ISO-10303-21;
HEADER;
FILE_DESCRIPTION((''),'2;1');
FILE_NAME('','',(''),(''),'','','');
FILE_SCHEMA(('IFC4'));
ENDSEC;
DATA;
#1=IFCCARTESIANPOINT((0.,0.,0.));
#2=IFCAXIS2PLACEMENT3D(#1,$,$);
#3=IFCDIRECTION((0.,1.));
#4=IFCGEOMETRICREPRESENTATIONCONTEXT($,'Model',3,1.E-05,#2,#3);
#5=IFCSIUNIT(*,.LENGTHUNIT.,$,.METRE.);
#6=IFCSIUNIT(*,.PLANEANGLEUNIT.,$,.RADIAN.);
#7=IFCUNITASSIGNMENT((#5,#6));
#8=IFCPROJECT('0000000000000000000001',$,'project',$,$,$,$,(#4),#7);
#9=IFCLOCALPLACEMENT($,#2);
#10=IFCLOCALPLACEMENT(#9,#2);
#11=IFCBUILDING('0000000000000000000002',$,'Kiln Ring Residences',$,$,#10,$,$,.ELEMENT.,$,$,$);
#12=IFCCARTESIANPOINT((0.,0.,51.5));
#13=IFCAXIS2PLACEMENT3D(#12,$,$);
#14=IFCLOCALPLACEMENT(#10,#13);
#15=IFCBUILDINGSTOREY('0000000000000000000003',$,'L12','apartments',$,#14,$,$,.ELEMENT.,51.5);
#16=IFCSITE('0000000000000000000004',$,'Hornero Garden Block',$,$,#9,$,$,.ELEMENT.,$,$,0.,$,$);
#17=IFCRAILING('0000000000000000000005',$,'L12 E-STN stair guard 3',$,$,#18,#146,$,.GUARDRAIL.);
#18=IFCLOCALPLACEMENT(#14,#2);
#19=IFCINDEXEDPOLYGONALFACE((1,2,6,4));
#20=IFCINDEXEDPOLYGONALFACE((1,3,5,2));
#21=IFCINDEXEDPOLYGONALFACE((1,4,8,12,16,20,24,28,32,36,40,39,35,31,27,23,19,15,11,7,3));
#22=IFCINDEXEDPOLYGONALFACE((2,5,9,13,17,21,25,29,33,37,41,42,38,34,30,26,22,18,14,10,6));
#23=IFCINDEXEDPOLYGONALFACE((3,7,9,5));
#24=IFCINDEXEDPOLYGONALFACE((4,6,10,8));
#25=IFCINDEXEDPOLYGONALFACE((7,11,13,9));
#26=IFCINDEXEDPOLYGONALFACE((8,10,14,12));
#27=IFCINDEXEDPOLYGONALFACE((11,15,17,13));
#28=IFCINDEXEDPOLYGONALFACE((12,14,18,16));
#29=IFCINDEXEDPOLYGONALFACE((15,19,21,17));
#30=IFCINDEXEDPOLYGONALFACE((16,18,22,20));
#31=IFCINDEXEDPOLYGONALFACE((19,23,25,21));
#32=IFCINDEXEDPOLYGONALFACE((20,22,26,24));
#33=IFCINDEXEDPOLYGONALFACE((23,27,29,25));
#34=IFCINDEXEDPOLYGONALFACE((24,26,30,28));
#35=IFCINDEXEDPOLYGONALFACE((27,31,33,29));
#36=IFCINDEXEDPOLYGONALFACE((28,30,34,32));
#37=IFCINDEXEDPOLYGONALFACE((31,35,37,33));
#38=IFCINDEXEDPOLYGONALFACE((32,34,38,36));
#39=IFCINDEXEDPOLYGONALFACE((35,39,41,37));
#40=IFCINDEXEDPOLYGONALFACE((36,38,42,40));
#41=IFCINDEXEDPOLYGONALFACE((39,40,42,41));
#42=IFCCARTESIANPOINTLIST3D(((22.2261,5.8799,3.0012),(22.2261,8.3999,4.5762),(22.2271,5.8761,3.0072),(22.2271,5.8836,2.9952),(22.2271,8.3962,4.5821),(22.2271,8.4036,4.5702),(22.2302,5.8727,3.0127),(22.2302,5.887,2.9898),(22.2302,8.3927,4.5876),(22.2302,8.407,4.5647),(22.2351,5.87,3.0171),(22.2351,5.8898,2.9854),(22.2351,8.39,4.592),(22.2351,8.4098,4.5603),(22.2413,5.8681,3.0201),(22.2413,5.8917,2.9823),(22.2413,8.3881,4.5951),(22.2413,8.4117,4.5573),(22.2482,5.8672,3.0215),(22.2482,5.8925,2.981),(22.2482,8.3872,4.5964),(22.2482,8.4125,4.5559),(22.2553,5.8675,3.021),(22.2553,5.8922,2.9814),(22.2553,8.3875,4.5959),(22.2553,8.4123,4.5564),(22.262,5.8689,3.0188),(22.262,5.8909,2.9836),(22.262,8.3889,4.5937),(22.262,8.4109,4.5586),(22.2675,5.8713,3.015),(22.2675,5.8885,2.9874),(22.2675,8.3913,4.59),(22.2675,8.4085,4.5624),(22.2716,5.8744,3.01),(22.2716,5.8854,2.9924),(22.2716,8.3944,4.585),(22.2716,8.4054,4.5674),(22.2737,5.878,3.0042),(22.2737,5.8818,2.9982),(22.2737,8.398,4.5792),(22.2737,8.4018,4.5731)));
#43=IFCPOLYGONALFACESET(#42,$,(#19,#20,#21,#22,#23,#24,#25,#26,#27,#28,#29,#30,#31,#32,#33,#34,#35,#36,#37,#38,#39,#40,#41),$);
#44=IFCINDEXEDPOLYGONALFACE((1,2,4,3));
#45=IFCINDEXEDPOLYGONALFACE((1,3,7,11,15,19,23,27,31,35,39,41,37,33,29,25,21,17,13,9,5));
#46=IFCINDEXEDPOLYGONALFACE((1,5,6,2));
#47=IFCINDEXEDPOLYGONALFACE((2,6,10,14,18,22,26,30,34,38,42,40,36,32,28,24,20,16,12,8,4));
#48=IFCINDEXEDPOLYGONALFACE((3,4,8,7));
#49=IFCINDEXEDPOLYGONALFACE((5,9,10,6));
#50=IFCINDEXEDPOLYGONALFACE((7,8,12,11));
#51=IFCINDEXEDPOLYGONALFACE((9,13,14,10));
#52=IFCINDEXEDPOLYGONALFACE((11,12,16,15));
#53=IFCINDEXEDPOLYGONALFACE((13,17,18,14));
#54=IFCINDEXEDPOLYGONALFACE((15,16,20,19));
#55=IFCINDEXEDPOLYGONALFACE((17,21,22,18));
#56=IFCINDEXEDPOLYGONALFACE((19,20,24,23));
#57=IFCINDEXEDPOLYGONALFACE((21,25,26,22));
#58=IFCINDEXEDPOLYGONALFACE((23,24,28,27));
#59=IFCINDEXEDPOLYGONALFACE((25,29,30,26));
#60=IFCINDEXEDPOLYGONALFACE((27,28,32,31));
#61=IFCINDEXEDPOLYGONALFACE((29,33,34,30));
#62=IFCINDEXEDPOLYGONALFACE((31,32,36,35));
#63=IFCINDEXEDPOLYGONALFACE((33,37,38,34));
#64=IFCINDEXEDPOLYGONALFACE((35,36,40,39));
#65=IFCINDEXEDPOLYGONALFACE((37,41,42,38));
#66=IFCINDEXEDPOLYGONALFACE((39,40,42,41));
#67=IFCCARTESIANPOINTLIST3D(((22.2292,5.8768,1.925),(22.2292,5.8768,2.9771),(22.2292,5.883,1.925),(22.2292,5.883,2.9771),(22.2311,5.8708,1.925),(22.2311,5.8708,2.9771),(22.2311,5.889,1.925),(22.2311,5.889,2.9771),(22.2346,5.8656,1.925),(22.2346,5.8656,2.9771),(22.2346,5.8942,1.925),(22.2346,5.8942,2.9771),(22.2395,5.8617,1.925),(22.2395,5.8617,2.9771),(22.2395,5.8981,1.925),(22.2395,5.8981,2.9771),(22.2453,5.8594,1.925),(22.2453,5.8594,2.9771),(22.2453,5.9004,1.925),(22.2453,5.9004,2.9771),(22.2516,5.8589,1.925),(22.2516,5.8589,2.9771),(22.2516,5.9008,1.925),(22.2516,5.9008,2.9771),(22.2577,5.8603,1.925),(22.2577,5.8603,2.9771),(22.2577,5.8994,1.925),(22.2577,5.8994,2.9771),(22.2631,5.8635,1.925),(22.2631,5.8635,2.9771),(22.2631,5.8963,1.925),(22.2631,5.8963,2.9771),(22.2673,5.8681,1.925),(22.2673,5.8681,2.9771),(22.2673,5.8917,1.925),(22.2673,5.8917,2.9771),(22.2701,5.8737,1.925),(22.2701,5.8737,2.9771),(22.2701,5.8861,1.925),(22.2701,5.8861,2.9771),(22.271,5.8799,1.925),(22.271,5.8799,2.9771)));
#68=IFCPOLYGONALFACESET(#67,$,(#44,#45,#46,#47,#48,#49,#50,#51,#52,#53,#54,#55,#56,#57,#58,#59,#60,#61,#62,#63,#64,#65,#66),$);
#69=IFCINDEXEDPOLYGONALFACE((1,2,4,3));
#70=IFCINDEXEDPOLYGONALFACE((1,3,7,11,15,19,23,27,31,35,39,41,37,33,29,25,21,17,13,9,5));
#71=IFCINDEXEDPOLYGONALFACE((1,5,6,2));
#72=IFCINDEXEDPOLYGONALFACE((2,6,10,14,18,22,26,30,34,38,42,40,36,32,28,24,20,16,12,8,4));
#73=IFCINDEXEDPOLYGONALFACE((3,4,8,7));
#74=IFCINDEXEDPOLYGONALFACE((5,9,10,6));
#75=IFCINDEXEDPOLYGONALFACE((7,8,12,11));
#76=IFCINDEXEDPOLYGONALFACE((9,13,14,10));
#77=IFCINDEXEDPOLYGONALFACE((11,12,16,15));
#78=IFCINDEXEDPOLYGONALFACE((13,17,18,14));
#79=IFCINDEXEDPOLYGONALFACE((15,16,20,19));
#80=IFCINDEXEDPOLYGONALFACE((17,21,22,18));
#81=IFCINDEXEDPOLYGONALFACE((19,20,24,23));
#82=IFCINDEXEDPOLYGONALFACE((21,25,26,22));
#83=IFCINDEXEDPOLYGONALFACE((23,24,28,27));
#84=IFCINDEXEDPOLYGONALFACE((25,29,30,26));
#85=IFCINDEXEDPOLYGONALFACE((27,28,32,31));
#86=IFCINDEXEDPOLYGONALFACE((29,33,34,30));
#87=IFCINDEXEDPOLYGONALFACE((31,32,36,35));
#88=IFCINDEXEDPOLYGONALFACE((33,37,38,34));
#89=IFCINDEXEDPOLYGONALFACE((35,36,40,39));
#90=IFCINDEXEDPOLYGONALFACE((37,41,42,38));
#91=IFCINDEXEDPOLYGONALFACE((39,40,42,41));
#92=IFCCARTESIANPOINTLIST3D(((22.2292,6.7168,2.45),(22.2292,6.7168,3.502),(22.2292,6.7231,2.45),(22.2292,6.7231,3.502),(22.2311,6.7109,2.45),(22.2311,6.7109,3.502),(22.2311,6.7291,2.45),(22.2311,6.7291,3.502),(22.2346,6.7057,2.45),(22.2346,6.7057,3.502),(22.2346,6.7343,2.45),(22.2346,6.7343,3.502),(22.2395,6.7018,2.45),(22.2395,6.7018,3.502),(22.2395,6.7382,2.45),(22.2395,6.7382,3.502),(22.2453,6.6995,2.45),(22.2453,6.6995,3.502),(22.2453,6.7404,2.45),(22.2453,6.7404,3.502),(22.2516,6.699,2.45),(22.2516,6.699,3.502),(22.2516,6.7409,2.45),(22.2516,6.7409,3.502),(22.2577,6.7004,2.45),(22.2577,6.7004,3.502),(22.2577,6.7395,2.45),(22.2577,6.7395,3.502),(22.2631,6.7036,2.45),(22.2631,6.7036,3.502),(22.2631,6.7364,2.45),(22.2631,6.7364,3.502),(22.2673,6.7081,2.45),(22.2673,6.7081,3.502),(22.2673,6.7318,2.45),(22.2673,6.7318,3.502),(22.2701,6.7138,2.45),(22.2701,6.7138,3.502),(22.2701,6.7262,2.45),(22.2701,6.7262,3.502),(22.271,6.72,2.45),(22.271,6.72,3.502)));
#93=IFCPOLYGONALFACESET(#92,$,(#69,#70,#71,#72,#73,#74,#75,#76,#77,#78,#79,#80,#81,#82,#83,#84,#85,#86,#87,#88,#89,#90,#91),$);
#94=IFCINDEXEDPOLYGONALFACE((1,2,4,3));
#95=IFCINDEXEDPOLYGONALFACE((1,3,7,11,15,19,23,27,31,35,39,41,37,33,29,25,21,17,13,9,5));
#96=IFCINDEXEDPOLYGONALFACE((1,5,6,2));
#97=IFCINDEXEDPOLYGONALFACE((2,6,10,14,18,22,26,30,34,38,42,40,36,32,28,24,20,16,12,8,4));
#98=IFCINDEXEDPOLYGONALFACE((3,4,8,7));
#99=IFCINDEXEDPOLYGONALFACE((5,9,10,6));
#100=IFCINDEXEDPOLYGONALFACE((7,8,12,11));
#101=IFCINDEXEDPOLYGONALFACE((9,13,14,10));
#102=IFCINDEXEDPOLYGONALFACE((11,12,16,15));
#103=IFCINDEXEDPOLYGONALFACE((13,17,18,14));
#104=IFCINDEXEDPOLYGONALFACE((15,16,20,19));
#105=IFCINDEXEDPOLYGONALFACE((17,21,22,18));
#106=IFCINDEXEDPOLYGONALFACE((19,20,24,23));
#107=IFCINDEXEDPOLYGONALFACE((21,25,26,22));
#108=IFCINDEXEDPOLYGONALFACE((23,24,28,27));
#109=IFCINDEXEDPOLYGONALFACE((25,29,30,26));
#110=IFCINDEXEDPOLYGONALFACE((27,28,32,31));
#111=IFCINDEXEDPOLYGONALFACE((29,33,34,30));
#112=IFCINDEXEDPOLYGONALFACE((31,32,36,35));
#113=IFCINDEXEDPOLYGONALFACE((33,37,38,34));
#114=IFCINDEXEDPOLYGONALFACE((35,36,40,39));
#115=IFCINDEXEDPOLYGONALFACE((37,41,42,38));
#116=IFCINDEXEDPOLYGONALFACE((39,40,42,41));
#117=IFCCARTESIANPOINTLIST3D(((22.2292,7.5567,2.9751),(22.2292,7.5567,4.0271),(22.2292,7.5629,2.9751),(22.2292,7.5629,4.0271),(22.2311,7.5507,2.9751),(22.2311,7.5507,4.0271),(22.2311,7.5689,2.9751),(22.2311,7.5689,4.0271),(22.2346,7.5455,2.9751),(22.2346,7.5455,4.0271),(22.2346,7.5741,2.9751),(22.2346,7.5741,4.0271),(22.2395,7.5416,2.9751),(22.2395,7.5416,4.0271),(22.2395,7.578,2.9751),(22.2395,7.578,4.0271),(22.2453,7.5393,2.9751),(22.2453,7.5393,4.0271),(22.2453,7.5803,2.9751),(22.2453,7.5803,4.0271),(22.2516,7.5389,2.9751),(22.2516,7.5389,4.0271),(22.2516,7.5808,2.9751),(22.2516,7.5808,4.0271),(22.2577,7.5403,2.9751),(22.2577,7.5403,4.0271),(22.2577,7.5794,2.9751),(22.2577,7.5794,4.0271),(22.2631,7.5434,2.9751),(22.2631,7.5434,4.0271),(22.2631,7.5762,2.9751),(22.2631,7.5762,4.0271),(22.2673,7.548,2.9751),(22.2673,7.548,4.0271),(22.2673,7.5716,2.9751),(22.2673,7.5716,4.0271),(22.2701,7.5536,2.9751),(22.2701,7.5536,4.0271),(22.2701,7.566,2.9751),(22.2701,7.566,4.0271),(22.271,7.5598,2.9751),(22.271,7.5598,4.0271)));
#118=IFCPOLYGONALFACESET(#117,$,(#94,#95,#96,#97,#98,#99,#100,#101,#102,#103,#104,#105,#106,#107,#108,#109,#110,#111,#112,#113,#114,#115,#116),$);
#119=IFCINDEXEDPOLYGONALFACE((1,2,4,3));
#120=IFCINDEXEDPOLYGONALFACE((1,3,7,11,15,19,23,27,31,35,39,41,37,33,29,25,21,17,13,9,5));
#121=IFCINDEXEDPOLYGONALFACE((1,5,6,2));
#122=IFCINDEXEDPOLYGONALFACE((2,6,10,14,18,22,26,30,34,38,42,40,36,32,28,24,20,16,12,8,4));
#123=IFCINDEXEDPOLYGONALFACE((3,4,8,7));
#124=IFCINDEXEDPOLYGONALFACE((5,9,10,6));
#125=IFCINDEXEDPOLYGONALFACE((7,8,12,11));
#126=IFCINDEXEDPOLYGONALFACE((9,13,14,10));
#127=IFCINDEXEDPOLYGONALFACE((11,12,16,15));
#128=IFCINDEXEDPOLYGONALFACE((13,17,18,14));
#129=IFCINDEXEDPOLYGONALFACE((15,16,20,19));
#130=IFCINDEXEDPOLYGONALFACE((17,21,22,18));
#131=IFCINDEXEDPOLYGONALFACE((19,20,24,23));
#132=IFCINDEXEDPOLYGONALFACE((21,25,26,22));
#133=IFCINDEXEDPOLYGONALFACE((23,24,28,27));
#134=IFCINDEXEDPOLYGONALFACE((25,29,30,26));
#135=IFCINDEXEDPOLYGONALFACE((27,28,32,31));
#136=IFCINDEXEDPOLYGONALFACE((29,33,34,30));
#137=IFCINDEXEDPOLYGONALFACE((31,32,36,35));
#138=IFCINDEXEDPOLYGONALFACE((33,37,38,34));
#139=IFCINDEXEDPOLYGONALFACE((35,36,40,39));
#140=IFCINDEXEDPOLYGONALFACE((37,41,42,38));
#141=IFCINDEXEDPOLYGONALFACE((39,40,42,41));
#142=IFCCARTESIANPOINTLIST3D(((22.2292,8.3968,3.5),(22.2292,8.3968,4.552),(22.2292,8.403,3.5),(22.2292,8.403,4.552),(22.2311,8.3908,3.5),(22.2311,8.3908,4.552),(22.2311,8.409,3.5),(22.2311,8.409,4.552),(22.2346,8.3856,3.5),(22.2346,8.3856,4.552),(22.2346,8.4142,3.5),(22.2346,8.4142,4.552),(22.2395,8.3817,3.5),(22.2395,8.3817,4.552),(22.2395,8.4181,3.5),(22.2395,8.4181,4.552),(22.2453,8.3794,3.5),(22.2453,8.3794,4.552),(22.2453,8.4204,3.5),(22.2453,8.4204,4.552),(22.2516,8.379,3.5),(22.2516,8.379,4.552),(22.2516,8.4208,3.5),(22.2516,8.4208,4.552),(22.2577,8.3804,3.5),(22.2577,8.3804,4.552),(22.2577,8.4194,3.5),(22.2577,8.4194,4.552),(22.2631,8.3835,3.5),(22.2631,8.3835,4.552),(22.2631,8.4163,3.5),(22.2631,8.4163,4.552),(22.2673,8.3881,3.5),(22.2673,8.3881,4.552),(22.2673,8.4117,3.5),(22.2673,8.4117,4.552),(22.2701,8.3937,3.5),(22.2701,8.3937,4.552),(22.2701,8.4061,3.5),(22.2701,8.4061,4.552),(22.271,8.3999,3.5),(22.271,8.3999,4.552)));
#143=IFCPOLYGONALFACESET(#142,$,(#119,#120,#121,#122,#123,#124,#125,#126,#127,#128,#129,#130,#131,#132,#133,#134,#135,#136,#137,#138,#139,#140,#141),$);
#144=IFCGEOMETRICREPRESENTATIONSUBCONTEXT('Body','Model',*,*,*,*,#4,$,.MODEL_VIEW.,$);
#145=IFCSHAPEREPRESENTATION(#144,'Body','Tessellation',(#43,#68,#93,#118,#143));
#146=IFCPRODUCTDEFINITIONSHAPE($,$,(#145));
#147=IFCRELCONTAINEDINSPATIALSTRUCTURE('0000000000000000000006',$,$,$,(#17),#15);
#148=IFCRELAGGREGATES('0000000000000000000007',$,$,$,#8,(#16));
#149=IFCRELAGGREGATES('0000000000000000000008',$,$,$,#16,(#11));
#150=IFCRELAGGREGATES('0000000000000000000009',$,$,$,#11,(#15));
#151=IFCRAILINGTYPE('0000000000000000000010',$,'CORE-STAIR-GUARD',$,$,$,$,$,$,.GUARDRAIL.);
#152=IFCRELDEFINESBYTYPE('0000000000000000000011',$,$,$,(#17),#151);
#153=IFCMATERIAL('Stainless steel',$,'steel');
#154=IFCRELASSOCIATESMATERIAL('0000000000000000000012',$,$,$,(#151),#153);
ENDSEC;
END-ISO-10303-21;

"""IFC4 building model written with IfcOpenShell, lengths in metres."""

from ifc_helpers import new_model, si_unit, direction, frame, origin, origin_2d, place, context, subcontext, project, spatial, circle, extrude, material, type_object, element, save


model = new_model("IFC4")

# Units and contexts
model_context = context("Model", 3, precision=1e-05, world=origin(), true_north=direction((0.0, 1.0)))
body_context = subcontext(model_context, "Body", "Model", "MODEL_VIEW")
ifc_project = project(units=[si_unit("LENGTHUNIT", "METRE"), si_unit("PLANEANGLEUNIT", "RADIAN")], contexts=[model_context])

# Site, building, storey
site_placement = place(None, origin())
site = spatial("IfcSite", under=ifc_project, at=site_placement, Name="Hornero Garden Block", CompositionType="ELEMENT", RefElevation=0.0)
building_placement = place(site_placement, origin())
building = spatial("IfcBuilding", under=site, at=building_placement, Name="Kiln Ring Residences", CompositionType="ELEMENT")
storey_placement = place(building_placement, frame((0.0, 0.0, 51.5)))
storey = spatial("IfcBuildingStorey", under=building, at=storey_placement, Name="L12", Description="apartments", CompositionType="ELEMENT", Elevation=51.5)

# Railing
ifc_material_1 = material(Name="Stainless steel", Category="steel")
railing_type_1 = type_object("IfcRailingType", Name="CORE-STAIR-GUARD", PredefinedType="GUARDRAIL", material=ifc_material_1)
railing_1_placement = place(storey_placement, frame((22.25, 5.8799, 1.925)))
element("IfcRailing", 1, at=railing_1_placement, inside=storey, type_object=railing_type_1, Name="L12 E-STN stair guard 3", PredefinedType="GUARDRAIL", context=body_context, shape_type="SweptSolid", body=[
    extrude(circle(Radius=0.0239, at=origin_2d()), frame((0.0, 0.0, 1.0762), z_axis=(0.0, 0.848008, 0.529984), x_axis=(-1.0, 0.0, 0.0)), (0.0, 0.0, 1.0), 2.9717),
    extrude(circle(Radius=0.021, at=origin_2d()), origin(), (0.0, 0.0, 1.0), 1.052),
    extrude(circle(Radius=0.021, at=origin_2d()), frame((0.0, 0.8401, 0.5249)), (0.0, 0.0, 1.0), 1.052),
    extrude(circle(Radius=0.021, at=origin_2d()), frame((0.0, 1.6799, 1.05)), (0.0, 0.0, 1.0), 1.052),
    extrude(circle(Radius=0.021, at=origin_2d()), frame((0.0, 2.52, 1.575)), (0.0, 0.0, 1.0), 1.052),
])

save(model, "model.ifc")
